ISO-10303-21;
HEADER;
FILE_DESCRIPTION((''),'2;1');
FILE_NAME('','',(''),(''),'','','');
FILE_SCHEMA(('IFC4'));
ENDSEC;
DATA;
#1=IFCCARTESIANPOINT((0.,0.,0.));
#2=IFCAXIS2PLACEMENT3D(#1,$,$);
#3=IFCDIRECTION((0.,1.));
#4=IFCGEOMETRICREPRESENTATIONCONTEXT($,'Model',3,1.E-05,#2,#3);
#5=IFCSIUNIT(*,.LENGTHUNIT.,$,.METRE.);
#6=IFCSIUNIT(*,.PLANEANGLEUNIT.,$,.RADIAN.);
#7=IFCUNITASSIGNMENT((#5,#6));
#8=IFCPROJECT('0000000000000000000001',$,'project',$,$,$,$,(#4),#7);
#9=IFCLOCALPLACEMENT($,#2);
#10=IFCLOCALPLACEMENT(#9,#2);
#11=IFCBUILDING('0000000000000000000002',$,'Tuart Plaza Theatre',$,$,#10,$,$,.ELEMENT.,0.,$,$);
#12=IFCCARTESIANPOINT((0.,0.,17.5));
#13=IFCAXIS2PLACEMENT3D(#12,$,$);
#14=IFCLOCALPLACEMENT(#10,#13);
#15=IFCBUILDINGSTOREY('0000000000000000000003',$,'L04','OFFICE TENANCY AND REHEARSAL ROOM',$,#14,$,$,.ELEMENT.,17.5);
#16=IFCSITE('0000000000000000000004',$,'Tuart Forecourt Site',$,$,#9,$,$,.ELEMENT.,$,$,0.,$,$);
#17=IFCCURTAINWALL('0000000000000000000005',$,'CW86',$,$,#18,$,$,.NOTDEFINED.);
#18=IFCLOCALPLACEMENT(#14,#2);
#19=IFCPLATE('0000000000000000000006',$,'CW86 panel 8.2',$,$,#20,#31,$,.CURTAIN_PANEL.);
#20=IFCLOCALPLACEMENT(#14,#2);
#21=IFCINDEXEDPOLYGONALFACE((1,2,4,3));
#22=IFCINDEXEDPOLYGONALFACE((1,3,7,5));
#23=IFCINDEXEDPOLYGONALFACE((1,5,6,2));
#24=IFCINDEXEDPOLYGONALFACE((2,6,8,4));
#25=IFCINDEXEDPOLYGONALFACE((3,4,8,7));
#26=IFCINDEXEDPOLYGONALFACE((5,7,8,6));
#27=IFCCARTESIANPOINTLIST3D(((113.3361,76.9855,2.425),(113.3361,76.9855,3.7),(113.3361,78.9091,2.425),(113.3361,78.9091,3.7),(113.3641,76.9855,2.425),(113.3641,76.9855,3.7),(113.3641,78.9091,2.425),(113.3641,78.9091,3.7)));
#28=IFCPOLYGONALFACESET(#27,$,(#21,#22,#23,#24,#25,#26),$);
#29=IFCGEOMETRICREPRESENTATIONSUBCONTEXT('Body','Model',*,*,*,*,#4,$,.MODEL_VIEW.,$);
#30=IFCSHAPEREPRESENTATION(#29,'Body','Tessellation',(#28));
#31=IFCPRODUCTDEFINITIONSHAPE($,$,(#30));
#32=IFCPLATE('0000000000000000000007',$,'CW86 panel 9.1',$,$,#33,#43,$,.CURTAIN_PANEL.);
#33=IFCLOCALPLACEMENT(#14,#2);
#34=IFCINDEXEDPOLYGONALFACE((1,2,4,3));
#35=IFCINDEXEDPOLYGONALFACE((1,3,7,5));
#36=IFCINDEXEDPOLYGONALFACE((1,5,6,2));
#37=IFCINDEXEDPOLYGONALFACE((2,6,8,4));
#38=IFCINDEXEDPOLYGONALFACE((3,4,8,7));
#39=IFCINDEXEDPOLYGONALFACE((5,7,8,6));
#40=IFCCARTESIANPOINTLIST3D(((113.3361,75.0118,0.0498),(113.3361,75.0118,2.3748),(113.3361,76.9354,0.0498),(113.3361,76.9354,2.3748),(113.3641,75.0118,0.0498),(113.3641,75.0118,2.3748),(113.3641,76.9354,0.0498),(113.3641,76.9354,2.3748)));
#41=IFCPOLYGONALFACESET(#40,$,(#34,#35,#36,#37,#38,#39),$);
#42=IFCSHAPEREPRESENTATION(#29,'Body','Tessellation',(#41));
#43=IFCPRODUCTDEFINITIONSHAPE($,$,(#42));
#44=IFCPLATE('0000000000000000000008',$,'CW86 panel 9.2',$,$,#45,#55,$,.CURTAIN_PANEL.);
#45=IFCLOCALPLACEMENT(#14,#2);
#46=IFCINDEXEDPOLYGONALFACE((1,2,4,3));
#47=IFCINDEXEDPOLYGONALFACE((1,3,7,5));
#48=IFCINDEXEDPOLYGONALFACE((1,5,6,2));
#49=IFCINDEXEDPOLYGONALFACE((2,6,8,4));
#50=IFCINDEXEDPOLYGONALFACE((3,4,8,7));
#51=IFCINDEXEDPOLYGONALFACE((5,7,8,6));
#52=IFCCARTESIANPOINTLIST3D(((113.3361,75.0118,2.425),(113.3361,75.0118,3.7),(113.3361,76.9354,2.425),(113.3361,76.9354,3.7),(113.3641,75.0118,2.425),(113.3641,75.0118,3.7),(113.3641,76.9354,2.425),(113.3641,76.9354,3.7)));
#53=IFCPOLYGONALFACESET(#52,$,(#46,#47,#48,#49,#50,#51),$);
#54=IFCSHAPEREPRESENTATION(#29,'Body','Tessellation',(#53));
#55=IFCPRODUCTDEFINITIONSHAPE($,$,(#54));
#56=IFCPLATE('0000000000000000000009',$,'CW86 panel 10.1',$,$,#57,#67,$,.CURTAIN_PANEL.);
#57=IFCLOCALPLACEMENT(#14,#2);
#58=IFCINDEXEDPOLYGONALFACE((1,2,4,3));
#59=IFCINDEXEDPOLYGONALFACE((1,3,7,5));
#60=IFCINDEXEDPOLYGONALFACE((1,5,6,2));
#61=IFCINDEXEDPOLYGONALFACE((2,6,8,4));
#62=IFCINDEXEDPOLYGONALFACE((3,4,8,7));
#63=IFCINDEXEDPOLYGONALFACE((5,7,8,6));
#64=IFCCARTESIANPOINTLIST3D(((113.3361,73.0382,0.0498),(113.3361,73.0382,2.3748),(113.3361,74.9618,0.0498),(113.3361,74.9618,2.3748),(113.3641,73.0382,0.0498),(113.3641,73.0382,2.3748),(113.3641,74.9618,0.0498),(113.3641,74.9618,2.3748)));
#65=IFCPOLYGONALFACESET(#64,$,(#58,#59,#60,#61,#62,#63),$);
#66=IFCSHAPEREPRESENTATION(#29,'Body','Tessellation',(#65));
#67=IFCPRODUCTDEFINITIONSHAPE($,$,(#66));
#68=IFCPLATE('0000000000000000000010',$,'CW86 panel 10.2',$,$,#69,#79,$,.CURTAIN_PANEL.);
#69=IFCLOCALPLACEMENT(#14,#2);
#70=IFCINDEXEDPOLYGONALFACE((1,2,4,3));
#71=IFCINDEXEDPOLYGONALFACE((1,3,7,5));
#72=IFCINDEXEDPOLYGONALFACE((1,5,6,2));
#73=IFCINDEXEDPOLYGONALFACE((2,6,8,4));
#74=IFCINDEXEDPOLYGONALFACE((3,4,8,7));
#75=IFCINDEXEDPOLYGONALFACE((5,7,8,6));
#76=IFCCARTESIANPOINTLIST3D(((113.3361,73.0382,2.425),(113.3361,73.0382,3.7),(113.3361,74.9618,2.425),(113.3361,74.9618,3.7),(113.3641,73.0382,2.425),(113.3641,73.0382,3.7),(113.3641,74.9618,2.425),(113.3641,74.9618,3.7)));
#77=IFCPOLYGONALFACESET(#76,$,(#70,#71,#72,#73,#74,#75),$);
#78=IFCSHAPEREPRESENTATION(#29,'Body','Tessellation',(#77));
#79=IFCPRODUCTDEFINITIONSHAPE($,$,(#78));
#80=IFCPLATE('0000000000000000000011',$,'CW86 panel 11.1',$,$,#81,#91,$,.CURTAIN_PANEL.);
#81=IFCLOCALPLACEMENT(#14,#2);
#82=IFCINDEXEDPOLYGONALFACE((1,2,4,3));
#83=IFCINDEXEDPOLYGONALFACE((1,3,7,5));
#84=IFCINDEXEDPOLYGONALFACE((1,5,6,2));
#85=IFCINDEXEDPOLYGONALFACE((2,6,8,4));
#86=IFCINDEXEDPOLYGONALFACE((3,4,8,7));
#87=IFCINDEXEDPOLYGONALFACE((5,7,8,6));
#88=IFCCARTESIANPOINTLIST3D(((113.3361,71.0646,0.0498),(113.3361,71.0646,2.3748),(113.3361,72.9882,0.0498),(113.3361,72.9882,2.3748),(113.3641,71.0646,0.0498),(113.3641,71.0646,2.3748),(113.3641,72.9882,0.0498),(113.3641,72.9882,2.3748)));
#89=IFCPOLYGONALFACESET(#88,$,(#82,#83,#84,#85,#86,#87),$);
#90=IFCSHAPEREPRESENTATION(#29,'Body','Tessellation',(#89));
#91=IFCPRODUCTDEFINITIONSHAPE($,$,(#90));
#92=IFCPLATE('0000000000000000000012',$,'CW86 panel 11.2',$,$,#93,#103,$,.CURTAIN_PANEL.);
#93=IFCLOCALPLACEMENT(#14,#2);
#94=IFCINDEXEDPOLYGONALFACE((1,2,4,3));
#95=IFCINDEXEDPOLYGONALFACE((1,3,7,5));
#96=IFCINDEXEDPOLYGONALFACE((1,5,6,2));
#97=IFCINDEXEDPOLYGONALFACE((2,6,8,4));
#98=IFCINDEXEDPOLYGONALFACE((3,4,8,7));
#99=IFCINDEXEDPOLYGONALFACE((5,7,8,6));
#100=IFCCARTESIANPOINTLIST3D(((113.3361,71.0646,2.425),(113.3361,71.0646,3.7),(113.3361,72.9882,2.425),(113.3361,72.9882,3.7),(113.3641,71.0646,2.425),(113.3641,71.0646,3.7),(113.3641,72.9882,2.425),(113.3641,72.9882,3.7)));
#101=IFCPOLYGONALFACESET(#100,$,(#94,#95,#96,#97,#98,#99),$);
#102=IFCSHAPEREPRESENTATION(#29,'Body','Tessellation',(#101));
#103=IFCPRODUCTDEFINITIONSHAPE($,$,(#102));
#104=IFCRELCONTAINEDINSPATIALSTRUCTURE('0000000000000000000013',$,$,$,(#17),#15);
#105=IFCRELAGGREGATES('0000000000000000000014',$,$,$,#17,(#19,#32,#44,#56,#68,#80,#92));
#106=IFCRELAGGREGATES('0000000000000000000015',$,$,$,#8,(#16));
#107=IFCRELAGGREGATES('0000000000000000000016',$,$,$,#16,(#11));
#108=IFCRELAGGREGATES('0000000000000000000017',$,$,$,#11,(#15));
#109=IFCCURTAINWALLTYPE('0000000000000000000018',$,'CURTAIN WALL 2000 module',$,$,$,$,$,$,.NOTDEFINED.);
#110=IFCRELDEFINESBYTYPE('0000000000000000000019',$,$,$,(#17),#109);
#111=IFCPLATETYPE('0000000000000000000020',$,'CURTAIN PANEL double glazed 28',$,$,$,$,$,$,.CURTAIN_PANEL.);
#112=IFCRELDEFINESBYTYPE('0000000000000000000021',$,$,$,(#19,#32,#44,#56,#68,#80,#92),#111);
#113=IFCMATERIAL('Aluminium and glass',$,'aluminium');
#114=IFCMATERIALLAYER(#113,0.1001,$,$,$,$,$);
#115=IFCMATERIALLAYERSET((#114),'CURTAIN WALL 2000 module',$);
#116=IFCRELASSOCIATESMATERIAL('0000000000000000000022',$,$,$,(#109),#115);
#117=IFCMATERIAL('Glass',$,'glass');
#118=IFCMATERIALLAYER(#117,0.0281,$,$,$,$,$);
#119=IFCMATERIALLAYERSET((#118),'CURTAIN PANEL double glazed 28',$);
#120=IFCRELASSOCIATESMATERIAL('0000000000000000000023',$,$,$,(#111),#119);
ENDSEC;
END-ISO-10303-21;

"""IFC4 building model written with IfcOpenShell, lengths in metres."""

from ifc_helpers import new_model, si_unit, direction, frame, origin, origin_2d, place, context, subcontext, project, spatial, rectangle, extrude, material, layer, layer_set, type_object, element, aggregate, save


model = new_model("IFC4")

# Units and contexts
model_context = context("Model", 3, precision=1e-05, world=origin(), true_north=direction((0.0, 1.0)))
body_context = subcontext(model_context, "Body", "Model", "MODEL_VIEW")
ifc_project = project(units=[si_unit("LENGTHUNIT", "METRE"), si_unit("PLANEANGLEUNIT", "RADIAN")], contexts=[model_context])

# Site, building, storey
site_placement = place(None, origin())
site = spatial("IfcSite", under=ifc_project, at=site_placement, Name="Tuart Forecourt Site", CompositionType="ELEMENT", RefElevation=0.0)
building_placement = place(site_placement, origin())
building = spatial("IfcBuilding", under=site, at=building_placement, Name="Tuart Plaza Theatre", CompositionType="ELEMENT", ElevationOfRefHeight=0.0)
storey_placement = place(building_placement, frame((0.0, 0.0, 17.5)))
storey = spatial("IfcBuildingStorey", under=building, at=storey_placement, Name="L04", Description="OFFICE TENANCY AND REHEARSAL ROOM", CompositionType="ELEMENT", Elevation=17.5)

# Curtain wall, plates
ifc_material_1 = material(Name="Aluminium and glass", Category="aluminium")
ifc_layer_1 = layer(ifc_material_1, 0.1001)
ifc_layer_set_1 = layer_set([ifc_layer_1], Name="CURTAIN WALL 2000 module")
curtain_wall_type = type_object("IfcCurtainWallType", Name="CURTAIN WALL 2000 module", PredefinedType="NOTDEFINED", material=ifc_layer_set_1)
curtain_wall_placement = place(storey_placement, origin())
curtain_wall = element("IfcCurtainWall", 1, at=curtain_wall_placement, inside=storey, type_object=curtain_wall_type, Name="CW86", PredefinedType="NOTDEFINED")
ifc_material_2 = material(Name="Glass", Category="glass")
ifc_layer_2 = layer(ifc_material_2, 0.0281)
ifc_layer_set_2 = layer_set([ifc_layer_2], Name="CURTAIN PANEL double glazed 28")
plate_type = type_object("IfcPlateType", Name="CURTAIN PANEL double glazed 28", PredefinedType="CURTAIN_PANEL", material=ifc_layer_set_2)
plate_1_placement = place(storey_placement, frame((113.3501, 77.9473, 2.425), z_axis=(0.0, 0.0, 1.0), x_axis=(0.0, -1.0, 0.0)))
plate_1 = element("IfcPlate", 2, at=plate_1_placement, type_object=plate_type, Name="CW86 panel 8.2", PredefinedType="CURTAIN_PANEL", context=body_context, shape_type="SweptSolid", body=[
    extrude(rectangle(XDim=1.9236, YDim=0.0281, at=origin_2d()), origin(), (0.0, 0.0, 1.0), 1.2749),
])
plate_2_placement = place(storey_placement, frame((113.3501, 75.9736, 0.0498), z_axis=(0.0, 0.0, 1.0), x_axis=(0.0, -1.0, 0.0)))
plate_2 = element("IfcPlate", 3, at=plate_2_placement, type_object=plate_type, Name="CW86 panel 9.1", PredefinedType="CURTAIN_PANEL", context=body_context, shape_type="SweptSolid", body=[
    extrude(rectangle(XDim=1.9236, YDim=0.0281, at=origin_2d()), origin(), (0.0, 0.0, 1.0), 2.325),
])
plate_3_placement = place(storey_placement, frame((113.3501, 75.9736, 2.425), z_axis=(0.0, 0.0, 1.0), x_axis=(0.0, -1.0, 0.0)))
plate_3 = element("IfcPlate", 4, at=plate_3_placement, type_object=plate_type, Name="CW86 panel 9.2", PredefinedType="CURTAIN_PANEL", context=body_context, shape_type="SweptSolid", body=[
    extrude(rectangle(XDim=1.9236, YDim=0.0281, at=origin_2d()), origin(), (0.0, 0.0, 1.0), 1.2749),
])
plate_4_placement = place(storey_placement, frame((113.3501, 74.0, 0.0498), z_axis=(0.0, 0.0, 1.0), x_axis=(0.0, -1.0, 0.0)))
plate_4 = element("IfcPlate", 5, at=plate_4_placement, type_object=plate_type, Name="CW86 panel 10.1", PredefinedType="CURTAIN_PANEL", context=body_context, shape_type="SweptSolid", body=[
    extrude(rectangle(XDim=1.9236, YDim=0.0281, at=origin_2d()), origin(), (0.0, 0.0, 1.0), 2.325),
])
plate_5_placement = place(storey_placement, frame((113.3501, 74.0, 2.425), z_axis=(0.0, 0.0, 1.0), x_axis=(0.0, -1.0, 0.0)))
plate_5 = element("IfcPlate", 6, at=plate_5_placement, type_object=plate_type, Name="CW86 panel 10.2", PredefinedType="CURTAIN_PANEL", context=body_context, shape_type="SweptSolid", body=[
    extrude(rectangle(XDim=1.9236, YDim=0.0281, at=origin_2d()), origin(), (0.0, 0.0, 1.0), 1.2749),
])
plate_6_placement = place(storey_placement, frame((113.3501, 72.0264, 0.0498), z_axis=(0.0, 0.0, 1.0), x_axis=(0.0, -1.0, 0.0)))
plate_6 = element("IfcPlate", 7, at=plate_6_placement, type_object=plate_type, Name="CW86 panel 11.1", PredefinedType="CURTAIN_PANEL", context=body_context, shape_type="SweptSolid", body=[
    extrude(rectangle(XDim=1.9236, YDim=0.0281, at=origin_2d()), origin(), (0.0, 0.0, 1.0), 2.325),
])
plate_7_placement = place(storey_placement, frame((113.3501, 72.0264, 2.425), z_axis=(0.0, 0.0, 1.0), x_axis=(0.0, -1.0, 0.0)))
plate_7 = element("IfcPlate", 8, at=plate_7_placement, type_object=plate_type, Name="CW86 panel 11.2", PredefinedType="CURTAIN_PANEL", context=body_context, shape_type="SweptSolid", body=[
    extrude(rectangle(XDim=1.9236, YDim=0.0281, at=origin_2d()), origin(), (0.0, 0.0, 1.0), 1.2749),
])
aggregate(curtain_wall, [plate_1, plate_2, plate_3, plate_4, plate_5, plate_6, plate_7])

save(model, "model.ifc")
